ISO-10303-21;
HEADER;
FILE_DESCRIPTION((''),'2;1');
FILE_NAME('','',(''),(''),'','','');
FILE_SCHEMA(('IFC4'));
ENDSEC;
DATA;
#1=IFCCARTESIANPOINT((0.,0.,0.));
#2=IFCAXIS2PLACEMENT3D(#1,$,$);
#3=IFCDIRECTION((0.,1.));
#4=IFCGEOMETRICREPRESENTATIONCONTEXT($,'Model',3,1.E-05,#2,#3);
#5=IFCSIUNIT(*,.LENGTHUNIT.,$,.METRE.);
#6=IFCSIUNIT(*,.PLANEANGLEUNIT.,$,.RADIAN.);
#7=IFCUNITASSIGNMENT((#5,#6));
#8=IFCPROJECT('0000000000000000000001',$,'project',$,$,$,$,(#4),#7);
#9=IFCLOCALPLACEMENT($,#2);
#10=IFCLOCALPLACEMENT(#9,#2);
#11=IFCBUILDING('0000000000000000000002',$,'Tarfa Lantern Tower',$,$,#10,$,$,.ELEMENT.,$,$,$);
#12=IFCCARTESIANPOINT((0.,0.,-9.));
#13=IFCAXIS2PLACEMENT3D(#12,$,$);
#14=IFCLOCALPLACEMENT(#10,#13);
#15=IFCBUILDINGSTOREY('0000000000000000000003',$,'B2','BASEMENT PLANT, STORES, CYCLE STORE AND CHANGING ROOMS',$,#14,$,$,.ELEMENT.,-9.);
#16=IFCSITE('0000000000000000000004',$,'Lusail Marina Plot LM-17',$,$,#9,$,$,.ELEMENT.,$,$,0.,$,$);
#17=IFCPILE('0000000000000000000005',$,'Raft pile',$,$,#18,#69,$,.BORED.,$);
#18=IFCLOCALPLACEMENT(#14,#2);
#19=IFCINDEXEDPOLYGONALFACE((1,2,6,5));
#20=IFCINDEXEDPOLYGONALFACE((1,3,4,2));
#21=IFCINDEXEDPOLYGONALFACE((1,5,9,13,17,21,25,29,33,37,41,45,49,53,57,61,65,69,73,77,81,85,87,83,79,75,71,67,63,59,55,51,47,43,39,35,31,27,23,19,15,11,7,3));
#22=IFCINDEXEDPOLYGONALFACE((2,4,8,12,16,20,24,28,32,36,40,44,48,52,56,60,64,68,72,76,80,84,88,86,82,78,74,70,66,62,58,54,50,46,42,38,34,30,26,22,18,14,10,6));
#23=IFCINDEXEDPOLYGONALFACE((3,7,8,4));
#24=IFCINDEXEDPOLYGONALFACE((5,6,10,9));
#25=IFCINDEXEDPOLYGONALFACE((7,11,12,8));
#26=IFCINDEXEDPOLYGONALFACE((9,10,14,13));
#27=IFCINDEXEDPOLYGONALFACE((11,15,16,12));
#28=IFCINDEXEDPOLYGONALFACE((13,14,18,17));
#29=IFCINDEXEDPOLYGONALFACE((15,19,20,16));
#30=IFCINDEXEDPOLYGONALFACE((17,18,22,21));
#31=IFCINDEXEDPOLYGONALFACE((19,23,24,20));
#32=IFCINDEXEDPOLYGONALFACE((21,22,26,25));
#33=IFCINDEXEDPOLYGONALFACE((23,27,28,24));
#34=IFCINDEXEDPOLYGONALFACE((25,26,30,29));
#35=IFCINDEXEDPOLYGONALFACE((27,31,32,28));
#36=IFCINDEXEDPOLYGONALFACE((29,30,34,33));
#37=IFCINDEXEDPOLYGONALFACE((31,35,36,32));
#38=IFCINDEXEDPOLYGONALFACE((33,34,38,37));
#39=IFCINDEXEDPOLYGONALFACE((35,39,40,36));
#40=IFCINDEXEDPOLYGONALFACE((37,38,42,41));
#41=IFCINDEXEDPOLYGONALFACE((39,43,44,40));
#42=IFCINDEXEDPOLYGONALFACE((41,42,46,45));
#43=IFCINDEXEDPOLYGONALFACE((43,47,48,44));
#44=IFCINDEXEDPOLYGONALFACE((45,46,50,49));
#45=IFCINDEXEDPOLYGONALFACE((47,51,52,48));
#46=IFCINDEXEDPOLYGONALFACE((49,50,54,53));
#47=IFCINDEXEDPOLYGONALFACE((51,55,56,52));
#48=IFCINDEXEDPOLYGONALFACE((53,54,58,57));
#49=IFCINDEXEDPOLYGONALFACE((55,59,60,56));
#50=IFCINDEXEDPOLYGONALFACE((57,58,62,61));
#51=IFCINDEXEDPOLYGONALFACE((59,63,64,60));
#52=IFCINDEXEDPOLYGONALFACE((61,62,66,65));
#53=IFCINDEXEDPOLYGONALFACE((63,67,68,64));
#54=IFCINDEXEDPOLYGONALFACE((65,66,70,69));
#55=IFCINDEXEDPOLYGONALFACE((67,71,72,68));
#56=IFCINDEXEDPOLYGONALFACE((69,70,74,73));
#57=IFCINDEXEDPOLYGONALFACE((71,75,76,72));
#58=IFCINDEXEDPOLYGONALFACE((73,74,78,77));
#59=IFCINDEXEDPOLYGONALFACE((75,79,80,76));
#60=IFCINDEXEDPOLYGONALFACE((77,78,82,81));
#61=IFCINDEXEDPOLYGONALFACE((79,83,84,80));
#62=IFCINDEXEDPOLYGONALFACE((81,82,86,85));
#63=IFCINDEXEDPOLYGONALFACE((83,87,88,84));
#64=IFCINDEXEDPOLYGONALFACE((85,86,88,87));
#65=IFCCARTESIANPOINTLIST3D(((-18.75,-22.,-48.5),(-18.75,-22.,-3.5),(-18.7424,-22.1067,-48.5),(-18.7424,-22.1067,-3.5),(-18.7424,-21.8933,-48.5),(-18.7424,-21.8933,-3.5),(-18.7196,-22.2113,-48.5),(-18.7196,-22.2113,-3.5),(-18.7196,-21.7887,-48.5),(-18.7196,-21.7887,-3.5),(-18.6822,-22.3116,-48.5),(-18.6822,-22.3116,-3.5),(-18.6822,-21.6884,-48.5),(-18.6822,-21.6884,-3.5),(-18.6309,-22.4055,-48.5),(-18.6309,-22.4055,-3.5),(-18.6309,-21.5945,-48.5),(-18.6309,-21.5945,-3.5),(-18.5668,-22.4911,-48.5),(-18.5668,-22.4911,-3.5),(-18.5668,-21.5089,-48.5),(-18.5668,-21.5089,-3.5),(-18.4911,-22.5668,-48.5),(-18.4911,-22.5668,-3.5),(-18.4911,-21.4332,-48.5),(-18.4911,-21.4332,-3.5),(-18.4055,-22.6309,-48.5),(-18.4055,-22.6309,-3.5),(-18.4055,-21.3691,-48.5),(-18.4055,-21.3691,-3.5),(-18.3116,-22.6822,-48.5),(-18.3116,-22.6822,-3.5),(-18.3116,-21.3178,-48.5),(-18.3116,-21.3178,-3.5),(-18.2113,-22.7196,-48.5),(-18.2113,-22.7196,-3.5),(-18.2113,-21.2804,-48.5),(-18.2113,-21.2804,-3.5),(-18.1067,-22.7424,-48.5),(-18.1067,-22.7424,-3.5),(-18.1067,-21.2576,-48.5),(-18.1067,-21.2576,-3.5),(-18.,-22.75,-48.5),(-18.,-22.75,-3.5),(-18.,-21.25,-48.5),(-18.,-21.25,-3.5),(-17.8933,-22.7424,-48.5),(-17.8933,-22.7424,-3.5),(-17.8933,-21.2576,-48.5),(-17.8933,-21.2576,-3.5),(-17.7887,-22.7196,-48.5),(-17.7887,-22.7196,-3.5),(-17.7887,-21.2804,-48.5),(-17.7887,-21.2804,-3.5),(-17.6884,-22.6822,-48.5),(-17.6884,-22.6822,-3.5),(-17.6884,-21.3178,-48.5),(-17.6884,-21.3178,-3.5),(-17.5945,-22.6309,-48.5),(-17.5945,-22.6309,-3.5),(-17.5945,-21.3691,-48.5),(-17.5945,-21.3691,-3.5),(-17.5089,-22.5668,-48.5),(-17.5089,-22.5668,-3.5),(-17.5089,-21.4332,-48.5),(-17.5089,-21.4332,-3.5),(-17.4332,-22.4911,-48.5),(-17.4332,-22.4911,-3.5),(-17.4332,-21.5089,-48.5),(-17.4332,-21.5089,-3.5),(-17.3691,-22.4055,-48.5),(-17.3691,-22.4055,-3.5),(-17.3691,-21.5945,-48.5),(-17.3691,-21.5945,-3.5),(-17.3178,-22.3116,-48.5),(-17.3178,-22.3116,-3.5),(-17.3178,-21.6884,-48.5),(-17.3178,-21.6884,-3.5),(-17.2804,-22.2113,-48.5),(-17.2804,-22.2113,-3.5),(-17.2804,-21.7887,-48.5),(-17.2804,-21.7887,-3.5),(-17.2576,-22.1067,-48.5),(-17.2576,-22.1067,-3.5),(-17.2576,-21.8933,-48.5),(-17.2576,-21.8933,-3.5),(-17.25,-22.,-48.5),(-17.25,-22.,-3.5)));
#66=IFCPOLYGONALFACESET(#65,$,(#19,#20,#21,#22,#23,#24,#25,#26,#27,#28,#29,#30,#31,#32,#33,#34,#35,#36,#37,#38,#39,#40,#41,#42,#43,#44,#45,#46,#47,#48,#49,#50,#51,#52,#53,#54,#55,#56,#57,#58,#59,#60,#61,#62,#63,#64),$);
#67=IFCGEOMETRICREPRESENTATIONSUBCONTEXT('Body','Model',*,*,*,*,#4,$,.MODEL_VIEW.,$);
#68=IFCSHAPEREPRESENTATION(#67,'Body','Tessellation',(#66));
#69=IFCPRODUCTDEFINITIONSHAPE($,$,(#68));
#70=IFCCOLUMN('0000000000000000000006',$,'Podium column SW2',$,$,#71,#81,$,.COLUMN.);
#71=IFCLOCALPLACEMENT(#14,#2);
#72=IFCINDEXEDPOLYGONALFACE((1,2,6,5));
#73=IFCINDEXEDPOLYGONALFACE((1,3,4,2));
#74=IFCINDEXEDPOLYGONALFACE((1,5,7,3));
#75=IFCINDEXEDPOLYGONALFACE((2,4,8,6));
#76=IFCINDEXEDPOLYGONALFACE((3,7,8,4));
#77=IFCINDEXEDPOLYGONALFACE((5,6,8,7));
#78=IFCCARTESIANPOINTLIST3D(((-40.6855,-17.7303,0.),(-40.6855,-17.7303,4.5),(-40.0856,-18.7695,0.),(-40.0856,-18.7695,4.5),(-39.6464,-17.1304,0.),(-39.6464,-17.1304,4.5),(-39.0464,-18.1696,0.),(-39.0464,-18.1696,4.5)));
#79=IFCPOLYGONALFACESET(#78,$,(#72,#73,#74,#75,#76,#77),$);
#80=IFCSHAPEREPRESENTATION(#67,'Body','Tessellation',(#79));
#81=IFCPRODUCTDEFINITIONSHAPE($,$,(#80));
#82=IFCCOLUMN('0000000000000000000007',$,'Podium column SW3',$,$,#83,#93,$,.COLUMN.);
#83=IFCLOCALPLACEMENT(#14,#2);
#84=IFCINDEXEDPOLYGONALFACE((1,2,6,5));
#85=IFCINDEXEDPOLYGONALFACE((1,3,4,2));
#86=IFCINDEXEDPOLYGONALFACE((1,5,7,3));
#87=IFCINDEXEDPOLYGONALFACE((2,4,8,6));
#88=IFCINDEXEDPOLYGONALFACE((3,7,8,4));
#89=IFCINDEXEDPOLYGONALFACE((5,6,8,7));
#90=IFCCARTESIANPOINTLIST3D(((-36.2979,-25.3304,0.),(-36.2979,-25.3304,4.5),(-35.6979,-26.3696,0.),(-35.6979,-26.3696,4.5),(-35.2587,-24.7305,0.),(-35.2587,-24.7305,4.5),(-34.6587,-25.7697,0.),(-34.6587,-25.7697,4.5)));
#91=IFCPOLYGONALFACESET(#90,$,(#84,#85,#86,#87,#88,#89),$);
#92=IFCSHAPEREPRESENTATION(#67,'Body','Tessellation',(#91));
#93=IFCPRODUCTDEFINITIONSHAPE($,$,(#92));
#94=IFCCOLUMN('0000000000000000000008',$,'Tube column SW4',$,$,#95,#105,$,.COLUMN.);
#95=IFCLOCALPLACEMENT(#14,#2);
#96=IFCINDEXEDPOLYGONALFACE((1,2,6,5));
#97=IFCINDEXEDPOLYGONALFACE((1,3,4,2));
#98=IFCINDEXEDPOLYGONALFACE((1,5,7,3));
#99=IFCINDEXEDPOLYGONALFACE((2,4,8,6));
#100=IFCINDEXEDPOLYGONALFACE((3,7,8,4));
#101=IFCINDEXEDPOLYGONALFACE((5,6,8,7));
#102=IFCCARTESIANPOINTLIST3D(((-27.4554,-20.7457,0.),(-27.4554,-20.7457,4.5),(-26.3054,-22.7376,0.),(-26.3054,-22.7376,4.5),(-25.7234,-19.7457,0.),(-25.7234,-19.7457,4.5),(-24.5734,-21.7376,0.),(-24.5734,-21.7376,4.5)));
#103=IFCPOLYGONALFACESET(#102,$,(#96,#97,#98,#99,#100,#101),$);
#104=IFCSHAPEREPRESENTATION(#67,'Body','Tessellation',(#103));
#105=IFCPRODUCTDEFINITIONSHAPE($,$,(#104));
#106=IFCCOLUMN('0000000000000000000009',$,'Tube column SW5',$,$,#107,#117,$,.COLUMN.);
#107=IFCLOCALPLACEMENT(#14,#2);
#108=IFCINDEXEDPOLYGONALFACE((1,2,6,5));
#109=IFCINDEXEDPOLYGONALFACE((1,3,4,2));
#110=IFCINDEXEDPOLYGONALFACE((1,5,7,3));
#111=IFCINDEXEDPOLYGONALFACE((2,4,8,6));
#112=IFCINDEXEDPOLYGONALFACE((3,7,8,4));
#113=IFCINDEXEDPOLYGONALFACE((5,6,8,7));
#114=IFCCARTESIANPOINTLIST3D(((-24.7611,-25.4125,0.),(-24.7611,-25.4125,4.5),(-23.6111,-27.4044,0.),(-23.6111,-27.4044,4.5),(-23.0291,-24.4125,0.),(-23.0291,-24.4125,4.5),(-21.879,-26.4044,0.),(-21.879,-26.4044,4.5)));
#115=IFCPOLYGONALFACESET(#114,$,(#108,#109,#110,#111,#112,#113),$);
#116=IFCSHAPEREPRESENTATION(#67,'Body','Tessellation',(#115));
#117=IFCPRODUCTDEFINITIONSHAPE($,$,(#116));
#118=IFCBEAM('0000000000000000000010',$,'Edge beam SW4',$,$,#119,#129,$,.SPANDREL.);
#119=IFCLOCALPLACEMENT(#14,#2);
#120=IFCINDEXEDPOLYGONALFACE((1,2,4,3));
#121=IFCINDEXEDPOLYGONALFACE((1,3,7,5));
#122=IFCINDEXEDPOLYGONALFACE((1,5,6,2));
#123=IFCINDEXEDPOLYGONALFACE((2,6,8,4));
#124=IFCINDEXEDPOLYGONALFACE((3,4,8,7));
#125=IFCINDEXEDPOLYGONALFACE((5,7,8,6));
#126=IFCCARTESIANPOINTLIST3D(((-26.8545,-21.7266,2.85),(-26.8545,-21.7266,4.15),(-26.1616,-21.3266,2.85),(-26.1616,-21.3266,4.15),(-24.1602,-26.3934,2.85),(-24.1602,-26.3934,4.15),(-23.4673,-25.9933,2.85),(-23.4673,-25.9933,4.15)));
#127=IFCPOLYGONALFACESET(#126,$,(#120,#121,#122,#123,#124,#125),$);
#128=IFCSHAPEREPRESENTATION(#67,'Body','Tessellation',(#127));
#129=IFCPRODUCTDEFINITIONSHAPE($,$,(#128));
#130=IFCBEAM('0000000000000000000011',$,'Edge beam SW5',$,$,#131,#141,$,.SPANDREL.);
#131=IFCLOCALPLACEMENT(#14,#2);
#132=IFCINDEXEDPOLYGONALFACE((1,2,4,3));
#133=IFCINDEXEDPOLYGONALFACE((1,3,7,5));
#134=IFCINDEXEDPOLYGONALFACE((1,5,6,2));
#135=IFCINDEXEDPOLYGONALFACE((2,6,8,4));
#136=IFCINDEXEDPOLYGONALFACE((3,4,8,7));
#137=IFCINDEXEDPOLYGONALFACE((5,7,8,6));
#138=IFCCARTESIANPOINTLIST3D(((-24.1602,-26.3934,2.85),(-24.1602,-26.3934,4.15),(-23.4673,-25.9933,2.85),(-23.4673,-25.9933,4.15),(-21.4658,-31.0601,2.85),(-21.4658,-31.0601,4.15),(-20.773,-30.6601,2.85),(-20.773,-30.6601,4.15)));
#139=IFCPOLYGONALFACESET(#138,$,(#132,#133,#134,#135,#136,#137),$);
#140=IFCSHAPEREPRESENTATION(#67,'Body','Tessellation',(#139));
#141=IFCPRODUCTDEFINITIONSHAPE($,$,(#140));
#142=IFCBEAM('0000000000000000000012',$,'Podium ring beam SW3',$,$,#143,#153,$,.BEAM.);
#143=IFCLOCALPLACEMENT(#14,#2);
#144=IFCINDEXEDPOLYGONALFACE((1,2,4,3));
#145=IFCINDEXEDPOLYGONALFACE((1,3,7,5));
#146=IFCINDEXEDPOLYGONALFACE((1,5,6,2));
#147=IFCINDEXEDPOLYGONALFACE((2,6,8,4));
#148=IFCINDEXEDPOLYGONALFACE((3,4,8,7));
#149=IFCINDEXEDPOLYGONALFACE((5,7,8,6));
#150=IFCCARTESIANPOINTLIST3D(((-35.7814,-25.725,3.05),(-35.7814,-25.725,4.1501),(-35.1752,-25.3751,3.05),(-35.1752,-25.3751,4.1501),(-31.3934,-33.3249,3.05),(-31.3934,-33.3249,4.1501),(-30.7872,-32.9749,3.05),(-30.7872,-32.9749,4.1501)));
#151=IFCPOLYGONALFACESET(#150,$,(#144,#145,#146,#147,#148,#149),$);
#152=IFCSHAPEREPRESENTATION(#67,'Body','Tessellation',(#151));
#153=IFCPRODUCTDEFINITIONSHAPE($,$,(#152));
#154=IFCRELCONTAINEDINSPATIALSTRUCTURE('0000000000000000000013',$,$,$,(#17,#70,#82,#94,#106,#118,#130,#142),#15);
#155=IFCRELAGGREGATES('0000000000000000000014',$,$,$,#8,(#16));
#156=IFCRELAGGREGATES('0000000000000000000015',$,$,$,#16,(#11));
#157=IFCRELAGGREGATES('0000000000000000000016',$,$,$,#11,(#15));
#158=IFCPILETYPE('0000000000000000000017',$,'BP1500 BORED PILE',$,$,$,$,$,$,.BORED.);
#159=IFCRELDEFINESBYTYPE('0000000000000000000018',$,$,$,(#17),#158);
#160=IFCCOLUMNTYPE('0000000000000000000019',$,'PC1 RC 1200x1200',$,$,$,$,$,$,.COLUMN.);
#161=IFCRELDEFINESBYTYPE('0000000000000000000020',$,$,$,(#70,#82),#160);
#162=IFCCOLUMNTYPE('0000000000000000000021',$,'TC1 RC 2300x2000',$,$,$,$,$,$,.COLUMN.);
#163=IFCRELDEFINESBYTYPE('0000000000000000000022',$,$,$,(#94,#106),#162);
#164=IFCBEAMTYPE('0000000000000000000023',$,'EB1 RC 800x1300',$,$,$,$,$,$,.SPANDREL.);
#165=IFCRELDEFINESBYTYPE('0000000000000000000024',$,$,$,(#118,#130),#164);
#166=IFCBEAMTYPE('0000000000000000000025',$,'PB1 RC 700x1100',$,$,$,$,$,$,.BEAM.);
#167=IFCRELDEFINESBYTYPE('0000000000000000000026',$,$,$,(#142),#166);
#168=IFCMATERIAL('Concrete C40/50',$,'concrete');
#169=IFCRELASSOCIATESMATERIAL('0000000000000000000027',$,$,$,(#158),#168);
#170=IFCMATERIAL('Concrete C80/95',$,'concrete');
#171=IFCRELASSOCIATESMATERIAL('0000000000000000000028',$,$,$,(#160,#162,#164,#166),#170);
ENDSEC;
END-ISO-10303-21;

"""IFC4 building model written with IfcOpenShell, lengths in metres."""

from ifc_helpers import new_model, si_unit, direction, frame, origin, origin_2d, place, context, subcontext, project, spatial, rectangle, circle, extrude, material, material_profile, profile_set, type_object, element, save


model = new_model("IFC4")

# Units and contexts
model_context = context("Model", 3, precision=1e-05, world=origin(), true_north=direction((0.0, 1.0)))
body_context = subcontext(model_context, "Body", "Model", "MODEL_VIEW")
ifc_project = project(units=[si_unit("LENGTHUNIT", "METRE"), si_unit("PLANEANGLEUNIT", "RADIAN")], contexts=[model_context])

# Site, building, storey
site_placement = place(None, origin())
site = spatial("IfcSite", under=ifc_project, at=site_placement, Name="Lusail Marina Plot LM-17", CompositionType="ELEMENT", RefElevation=0.0)
building_placement = place(site_placement, origin())
building = spatial("IfcBuilding", under=site, at=building_placement, Name="Tarfa Lantern Tower", CompositionType="ELEMENT")
storey_placement = place(building_placement, frame((0.0, 0.0, -9.0)))
storey = spatial("IfcBuildingStorey", under=building, at=storey_placement, Name="B2", Description="BASEMENT PLANT, STORES, CYCLE STORE AND CHANGING ROOMS", CompositionType="ELEMENT", Elevation=-9.0)

# Pile
ifc_material_1 = material(Name="Concrete C40/50", Category="concrete")
ifc_material_profile_1 = material_profile(ifc_material_1, circle(Radius=0.75, at=origin_2d()), Name="BORED PILE D1500")
ifc_profile_set_1 = profile_set([ifc_material_profile_1], Name="Concrete C40/50")
pile_type_1 = type_object("IfcPileType", Name="BP1500 BORED PILE", PredefinedType="BORED", material=ifc_profile_set_1)
for number, where, z_axis, x_axis, name in (
    (1, (-18.0, -22.0, -3.5), (0.0, 0.0, -1.0), (1.0, 0.0, 0.0), "Raft pile"),
):
    element("IfcPile", number, at=place(storey_placement, frame(where, z_axis=z_axis, x_axis=x_axis)), inside=storey, type_object=pile_type_1, Name=name, PredefinedType="BORED", context=body_context, shape_type="SweptSolid", body=[
        extrude(circle(Radius=0.75, at=origin_2d()), origin(), (0.0, 0.0, 1.0), 45.0),
    ])

# Columns
ifc_material_2 = material(Name="Concrete C80/95", Category="concrete")
ifc_material_profile_2 = material_profile(ifc_material_2, rectangle(XDim=1.2, YDim=1.2, at=origin_2d()), Name="RC 1200x1200")
ifc_profile_set_2 = profile_set([ifc_material_profile_2], Name="Concrete C80/95")
column_type_1 = type_object("IfcColumnType", Name="PC1 RC 1200x1200", PredefinedType="COLUMN", material=ifc_profile_set_2)
for number, where, z_axis, x_axis, name in (
    (2, (-39.866, -17.95, 0.0), (0.0, 0.0, 1.0), (0.5, -0.866025, 0.0), "Podium column SW2"),
    (3, (-35.4783, -25.55, 0.0), (0.0, 0.0, 1.0), (0.5, -0.866025, 0.0), "Podium column SW3"),
):
    element("IfcColumn", number, at=place(storey_placement, frame(where, z_axis=z_axis, x_axis=x_axis)), inside=storey, type_object=column_type_1, Name=name, PredefinedType="COLUMN", context=body_context, shape_type="SweptSolid", body=[
        extrude(rectangle(XDim=1.2, YDim=1.2, at=origin_2d()), origin(), (0.0, 0.0, 1.0), 4.5),
    ])
ifc_material_profile_3 = material_profile(ifc_material_2, rectangle(XDim=2.3, YDim=2.0, at=origin_2d()), Name="RC 2300x2000")
ifc_profile_set_3 = profile_set([ifc_material_profile_3], Name="Concrete C80/95")
column_type_2 = type_object("IfcColumnType", Name="TC1 RC 2300x2000", PredefinedType="COLUMN", material=ifc_profile_set_3)
for number, where, z_axis, x_axis, name in (
    (4, (-26.0144, -21.2417, 0.0), (0.0, 0.0, 1.0), (0.5, -0.866025, 0.0), "Tube column SW4"),
    (5, (-23.3201, -25.9084, 0.0), (0.0, 0.0, 1.0), (0.5, -0.866025, 0.0), "Tube column SW5"),
):
    element("IfcColumn", number, at=place(storey_placement, frame(where, z_axis=z_axis, x_axis=x_axis)), inside=storey, type_object=column_type_2, Name=name, PredefinedType="COLUMN", context=body_context, shape_type="SweptSolid", body=[
        extrude(rectangle(XDim=2.3, YDim=2.0, at=origin_2d()), origin(), (0.0, 0.0, 1.0), 4.5),
    ])

# Beams
ifc_material_profile_4 = material_profile(ifc_material_2, rectangle(XDim=0.8, YDim=1.3, at=origin_2d()), Name="RC 800x1300")
ifc_profile_set_4 = profile_set([ifc_material_profile_4], Name="Concrete C80/95")
beam_type_1 = type_object("IfcBeamType", Name="EB1 RC 800x1300", PredefinedType="SPANDREL", material=ifc_profile_set_4)
for number, where, z_axis, x_axis, name in (
    (6, (-26.5081, -21.5266, 3.5), (0.499998, -0.866026, 0.0), (0.866026, 0.499998, 0.0), "Edge beam SW4"),
    (7, (-23.8137, -26.1934, 3.5), (0.499998, -0.866026, 0.0), (0.866026, 0.499998, 0.0), "Edge beam SW5"),
):
    element("IfcBeam", number, at=place(storey_placement, frame(where, z_axis=z_axis, x_axis=x_axis)), inside=storey, type_object=beam_type_1, Name=name, PredefinedType="SPANDREL", context=body_context, shape_type="SweptSolid", body=[
        extrude(rectangle(XDim=0.8, YDim=1.3, at=origin_2d()), origin(), (0.0, 0.0, 1.0), 5.3887),
    ])
ifc_material_profile_5 = material_profile(ifc_material_2, rectangle(XDim=0.7, YDim=1.1001, at=origin_2d()), Name="RC 700x1100")
ifc_profile_set_5 = profile_set([ifc_material_profile_5], Name="Concrete C80/95")
beam_type_2 = type_object("IfcBeamType", Name="PB1 RC 700x1100", PredefinedType="BEAM", material=ifc_profile_set_5)
beam_1_placement = place(storey_placement, frame((-35.4783, -25.55, 3.6001), z_axis=(0.500014, -0.866017, 0.0), x_axis=(0.866017, 0.500014, 0.0)))
element("IfcBeam", 8, at=beam_1_placement, inside=storey, type_object=beam_type_2, Name="Podium ring beam SW3", PredefinedType="BEAM", context=body_context, shape_type="SweptSolid", body=[
    extrude(rectangle(XDim=0.7, YDim=1.1001, at=origin_2d()), origin(), (0.0, 0.0, 1.0), 8.7756),
])

save(model, "model.ifc")
